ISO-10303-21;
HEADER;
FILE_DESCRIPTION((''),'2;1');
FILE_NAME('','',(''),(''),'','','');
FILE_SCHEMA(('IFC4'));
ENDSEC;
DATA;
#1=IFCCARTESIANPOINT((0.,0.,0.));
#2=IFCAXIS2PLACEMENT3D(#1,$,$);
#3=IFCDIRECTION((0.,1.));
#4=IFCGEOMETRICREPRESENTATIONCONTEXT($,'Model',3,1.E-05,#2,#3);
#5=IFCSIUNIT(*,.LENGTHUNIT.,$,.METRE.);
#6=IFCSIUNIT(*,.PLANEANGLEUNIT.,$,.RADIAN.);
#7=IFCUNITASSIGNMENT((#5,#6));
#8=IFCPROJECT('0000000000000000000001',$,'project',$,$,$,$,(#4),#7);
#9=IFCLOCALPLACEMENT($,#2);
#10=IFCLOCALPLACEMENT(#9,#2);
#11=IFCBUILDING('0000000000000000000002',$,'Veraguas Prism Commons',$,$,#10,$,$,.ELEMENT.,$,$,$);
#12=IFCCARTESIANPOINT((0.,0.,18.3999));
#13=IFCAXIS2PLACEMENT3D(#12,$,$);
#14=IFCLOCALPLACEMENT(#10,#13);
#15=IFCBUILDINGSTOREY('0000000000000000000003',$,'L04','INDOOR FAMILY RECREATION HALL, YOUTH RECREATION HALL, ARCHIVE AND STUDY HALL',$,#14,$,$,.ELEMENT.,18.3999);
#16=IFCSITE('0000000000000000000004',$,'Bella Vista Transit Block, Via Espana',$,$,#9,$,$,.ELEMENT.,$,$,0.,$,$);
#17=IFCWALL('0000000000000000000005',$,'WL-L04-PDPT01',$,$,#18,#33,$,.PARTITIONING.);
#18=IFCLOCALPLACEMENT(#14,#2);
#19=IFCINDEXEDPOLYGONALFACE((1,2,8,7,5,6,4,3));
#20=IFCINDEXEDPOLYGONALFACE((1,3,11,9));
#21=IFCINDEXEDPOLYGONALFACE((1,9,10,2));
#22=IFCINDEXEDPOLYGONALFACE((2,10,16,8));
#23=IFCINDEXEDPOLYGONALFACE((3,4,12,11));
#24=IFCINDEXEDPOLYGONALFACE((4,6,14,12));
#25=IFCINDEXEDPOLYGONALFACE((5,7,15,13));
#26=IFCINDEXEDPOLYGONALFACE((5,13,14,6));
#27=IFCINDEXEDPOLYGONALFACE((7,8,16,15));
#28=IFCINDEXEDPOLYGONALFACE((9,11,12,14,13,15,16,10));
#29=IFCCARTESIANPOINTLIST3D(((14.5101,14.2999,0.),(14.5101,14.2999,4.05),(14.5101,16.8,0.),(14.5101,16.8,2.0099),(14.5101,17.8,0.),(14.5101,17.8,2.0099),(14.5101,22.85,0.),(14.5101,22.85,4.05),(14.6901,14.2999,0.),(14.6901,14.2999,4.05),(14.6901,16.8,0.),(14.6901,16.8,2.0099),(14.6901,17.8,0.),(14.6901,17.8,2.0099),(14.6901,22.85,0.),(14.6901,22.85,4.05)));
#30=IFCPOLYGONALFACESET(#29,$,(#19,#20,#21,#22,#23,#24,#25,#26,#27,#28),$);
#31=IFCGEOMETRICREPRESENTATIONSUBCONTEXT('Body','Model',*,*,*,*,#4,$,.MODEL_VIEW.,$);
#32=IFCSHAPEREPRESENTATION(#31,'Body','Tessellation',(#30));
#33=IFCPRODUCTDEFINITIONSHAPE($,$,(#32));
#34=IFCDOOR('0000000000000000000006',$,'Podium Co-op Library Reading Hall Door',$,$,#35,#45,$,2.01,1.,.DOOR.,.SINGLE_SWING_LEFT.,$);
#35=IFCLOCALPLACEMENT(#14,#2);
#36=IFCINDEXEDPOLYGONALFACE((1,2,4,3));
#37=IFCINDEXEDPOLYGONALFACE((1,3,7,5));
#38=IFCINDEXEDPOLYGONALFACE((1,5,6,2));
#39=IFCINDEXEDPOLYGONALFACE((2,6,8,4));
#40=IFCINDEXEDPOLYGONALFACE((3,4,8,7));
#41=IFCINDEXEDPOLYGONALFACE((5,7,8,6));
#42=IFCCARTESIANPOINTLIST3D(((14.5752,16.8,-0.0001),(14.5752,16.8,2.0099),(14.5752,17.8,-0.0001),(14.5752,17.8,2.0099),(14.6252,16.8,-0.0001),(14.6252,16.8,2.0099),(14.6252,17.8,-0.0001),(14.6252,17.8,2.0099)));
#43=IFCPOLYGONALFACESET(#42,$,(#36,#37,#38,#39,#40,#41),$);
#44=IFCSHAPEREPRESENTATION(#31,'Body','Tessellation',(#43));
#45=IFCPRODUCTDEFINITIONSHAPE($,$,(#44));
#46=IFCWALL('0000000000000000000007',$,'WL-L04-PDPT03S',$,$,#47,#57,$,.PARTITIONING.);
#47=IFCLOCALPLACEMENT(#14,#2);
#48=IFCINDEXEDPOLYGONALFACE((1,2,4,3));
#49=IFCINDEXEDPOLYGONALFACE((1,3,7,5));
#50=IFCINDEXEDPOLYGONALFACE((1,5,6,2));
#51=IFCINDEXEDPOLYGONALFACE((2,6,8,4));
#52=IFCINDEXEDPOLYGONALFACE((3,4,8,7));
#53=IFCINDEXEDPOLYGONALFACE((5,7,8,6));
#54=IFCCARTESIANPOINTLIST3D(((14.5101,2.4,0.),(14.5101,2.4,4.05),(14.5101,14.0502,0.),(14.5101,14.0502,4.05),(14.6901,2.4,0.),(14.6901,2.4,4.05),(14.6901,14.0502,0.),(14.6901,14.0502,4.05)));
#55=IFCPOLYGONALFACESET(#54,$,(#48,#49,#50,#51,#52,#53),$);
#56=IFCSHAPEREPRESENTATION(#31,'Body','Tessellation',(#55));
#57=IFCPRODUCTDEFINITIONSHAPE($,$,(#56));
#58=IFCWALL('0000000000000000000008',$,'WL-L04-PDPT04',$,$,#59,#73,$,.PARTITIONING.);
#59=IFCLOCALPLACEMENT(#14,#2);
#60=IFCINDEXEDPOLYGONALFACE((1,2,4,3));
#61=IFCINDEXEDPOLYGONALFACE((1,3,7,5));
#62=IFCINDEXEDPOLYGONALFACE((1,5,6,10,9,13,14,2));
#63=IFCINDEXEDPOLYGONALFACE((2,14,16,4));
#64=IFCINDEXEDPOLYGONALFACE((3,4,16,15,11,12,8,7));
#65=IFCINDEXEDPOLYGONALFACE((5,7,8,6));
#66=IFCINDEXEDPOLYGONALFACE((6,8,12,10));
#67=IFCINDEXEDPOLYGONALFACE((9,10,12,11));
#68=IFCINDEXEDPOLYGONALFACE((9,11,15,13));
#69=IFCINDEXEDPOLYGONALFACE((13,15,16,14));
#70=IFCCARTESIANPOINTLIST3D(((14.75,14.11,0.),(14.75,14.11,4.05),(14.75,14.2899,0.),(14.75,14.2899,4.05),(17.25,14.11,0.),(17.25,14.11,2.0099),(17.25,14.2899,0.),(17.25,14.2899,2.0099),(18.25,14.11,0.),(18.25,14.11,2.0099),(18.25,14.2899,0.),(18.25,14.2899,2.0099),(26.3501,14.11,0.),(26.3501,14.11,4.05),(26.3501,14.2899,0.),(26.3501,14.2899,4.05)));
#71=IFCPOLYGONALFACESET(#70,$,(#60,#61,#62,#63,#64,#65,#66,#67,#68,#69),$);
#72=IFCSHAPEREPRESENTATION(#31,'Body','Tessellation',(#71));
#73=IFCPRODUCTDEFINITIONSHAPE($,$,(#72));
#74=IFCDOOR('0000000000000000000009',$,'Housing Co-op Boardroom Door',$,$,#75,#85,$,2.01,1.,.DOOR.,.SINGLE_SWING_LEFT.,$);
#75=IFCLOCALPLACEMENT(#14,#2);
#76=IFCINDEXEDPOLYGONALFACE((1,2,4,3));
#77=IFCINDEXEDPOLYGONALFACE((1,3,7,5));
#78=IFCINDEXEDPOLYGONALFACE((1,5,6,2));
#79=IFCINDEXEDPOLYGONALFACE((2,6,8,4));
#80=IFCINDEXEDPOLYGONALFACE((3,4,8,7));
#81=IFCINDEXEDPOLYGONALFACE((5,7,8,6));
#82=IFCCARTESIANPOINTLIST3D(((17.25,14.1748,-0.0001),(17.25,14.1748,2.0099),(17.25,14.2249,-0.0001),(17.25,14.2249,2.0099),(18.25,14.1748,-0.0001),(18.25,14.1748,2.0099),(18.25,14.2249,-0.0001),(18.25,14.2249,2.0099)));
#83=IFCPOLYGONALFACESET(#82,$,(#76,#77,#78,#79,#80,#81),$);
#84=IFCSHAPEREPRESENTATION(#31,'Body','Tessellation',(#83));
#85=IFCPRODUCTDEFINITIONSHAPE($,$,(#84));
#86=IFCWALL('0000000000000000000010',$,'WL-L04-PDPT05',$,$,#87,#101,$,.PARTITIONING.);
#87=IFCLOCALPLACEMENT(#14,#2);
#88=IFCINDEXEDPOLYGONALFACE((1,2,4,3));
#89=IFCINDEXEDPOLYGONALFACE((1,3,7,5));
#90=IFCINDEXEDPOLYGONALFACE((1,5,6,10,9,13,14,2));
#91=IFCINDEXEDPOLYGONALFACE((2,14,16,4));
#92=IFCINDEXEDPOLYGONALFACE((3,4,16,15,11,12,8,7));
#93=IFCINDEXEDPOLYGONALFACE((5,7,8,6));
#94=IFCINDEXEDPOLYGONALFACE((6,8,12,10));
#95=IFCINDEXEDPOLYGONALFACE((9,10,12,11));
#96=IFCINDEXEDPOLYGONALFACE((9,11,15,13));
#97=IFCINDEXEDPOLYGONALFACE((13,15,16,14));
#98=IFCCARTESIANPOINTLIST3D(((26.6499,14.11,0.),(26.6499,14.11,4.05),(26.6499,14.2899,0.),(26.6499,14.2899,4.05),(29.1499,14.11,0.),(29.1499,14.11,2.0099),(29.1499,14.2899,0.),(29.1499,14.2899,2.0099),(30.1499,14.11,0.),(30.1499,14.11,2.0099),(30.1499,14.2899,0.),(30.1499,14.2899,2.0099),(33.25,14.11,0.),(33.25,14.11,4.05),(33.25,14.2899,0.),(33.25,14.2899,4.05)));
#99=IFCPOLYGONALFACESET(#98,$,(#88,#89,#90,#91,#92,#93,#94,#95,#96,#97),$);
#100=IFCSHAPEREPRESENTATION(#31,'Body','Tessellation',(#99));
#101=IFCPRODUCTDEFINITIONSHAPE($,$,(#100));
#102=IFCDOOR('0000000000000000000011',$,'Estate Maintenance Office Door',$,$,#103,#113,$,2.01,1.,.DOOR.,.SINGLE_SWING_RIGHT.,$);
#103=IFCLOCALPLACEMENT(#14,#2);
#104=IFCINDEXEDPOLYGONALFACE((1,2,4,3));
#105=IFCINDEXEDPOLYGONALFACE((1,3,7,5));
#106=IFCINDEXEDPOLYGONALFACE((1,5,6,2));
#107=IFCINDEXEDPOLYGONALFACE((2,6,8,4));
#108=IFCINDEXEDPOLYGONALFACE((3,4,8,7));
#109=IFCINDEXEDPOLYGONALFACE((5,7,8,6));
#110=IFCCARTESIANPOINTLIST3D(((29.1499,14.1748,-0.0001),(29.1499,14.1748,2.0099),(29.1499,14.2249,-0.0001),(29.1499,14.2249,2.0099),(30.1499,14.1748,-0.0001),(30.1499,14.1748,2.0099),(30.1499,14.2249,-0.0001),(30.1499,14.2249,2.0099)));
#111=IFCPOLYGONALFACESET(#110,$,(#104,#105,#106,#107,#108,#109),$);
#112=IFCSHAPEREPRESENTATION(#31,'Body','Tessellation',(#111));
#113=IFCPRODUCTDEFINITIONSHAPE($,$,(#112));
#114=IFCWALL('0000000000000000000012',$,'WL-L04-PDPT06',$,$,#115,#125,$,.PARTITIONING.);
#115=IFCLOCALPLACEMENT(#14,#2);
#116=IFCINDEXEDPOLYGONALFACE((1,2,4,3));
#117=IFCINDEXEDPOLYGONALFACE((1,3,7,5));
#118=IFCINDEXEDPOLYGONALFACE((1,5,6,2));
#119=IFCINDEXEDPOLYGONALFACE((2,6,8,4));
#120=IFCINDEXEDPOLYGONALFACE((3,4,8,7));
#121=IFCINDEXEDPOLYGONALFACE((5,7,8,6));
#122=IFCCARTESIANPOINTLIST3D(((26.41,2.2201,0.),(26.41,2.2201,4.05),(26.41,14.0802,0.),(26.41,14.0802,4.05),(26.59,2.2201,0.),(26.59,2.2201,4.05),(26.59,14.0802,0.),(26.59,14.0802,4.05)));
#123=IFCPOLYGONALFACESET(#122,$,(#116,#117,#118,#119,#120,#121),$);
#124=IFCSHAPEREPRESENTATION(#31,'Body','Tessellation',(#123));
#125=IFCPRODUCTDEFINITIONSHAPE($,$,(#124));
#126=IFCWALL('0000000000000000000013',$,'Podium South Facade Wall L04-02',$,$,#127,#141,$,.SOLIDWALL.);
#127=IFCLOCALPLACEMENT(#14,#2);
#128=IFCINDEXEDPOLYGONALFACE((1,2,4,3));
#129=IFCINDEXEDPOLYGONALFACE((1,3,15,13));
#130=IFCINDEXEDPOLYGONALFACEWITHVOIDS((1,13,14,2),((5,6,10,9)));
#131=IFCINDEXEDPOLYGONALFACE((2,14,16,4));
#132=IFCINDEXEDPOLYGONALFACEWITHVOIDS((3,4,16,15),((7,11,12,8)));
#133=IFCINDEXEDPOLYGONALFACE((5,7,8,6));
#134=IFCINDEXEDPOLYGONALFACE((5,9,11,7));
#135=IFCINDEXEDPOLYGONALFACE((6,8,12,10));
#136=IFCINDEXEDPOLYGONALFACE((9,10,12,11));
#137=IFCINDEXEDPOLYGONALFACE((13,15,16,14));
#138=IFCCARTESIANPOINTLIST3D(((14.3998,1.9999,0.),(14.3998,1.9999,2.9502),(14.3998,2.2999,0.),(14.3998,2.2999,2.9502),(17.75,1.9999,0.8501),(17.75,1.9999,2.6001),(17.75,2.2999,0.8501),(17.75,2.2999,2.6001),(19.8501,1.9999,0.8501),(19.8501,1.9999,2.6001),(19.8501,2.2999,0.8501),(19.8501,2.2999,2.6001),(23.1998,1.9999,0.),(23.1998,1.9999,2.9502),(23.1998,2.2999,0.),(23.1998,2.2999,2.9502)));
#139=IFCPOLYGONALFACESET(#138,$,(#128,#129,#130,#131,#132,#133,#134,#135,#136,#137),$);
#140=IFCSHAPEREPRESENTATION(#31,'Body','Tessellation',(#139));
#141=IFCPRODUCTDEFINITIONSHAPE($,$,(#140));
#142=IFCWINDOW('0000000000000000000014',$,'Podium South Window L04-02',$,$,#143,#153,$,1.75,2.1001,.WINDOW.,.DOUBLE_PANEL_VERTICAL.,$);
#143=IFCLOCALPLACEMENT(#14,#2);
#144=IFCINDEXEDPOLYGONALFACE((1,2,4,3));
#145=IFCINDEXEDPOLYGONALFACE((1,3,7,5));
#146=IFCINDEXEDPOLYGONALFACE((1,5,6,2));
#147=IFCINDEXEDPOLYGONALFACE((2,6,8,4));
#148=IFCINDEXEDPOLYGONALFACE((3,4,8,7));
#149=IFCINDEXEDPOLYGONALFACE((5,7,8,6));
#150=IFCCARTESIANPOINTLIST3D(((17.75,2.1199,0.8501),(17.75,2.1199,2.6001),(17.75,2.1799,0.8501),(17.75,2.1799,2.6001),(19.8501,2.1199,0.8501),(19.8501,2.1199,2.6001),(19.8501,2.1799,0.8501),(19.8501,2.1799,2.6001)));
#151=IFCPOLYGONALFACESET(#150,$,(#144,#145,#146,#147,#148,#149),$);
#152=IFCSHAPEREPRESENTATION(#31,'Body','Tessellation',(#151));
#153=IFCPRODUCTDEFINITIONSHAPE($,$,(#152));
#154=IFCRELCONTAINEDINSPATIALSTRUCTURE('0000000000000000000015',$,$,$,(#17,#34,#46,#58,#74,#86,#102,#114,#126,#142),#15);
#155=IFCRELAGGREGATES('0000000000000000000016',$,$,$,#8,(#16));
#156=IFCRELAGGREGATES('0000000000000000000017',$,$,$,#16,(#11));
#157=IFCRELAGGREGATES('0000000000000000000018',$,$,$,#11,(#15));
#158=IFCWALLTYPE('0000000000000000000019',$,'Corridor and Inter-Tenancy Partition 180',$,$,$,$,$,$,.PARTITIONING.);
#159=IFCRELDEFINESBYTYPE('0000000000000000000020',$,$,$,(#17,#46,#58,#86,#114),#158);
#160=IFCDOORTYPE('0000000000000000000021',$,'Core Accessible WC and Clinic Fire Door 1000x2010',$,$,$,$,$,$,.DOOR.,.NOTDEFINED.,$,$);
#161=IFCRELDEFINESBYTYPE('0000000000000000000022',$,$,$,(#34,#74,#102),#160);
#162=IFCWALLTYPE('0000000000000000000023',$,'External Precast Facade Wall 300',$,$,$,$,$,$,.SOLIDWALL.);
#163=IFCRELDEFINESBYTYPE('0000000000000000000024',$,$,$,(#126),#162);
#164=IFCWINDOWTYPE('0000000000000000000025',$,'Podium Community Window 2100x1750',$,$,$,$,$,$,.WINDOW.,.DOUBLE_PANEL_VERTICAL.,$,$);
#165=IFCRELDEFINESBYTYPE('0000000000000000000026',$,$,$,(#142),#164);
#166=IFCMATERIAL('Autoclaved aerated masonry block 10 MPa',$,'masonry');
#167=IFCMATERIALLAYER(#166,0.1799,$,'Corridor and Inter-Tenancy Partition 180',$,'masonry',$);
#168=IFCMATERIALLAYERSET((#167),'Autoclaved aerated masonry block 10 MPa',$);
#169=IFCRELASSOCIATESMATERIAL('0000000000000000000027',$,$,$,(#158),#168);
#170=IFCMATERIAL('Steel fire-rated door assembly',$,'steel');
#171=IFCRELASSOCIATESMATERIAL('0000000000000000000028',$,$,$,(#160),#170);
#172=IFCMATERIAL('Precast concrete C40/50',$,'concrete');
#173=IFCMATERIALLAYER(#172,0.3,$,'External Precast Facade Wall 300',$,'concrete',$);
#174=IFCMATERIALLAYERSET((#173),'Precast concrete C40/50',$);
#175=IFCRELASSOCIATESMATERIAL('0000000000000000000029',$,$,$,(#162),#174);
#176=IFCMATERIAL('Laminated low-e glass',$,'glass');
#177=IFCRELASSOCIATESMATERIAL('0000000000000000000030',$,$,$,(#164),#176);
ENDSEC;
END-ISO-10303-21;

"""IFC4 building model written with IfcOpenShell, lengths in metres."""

from ifc_helpers import new_model, si_unit, direction, frame, frame_2d, origin, place, context, subcontext, project, spatial, rectangle, extrude, source, transform, mapped, material, layer, layer_set, type_object, element, fill, save


model = new_model("IFC4")

# Units and contexts
model_context = context("Model", 3, precision=1e-05, world=origin(), true_north=direction((0.0, 1.0)))
body_context = subcontext(model_context, "Body", "Model", "MODEL_VIEW")
ifc_project = project(units=[si_unit("LENGTHUNIT", "METRE"), si_unit("PLANEANGLEUNIT", "RADIAN")], contexts=[model_context])

# Site, building, storey
site_placement = place(None, origin())
site = spatial("IfcSite", under=ifc_project, at=site_placement, Name="Bella Vista Transit Block, Via Espana", CompositionType="ELEMENT", RefElevation=0.0)
building_placement = place(site_placement, origin())
building = spatial("IfcBuilding", under=site, at=building_placement, Name="Veraguas Prism Commons", CompositionType="ELEMENT")
storey_placement = place(building_placement, frame((0.0, 0.0, 18.3999)))
storey = spatial("IfcBuildingStorey", under=building, at=storey_placement, Name="L04", Description="INDOOR FAMILY RECREATION HALL, YOUTH RECREATION HALL, ARCHIVE AND STUDY HALL", CompositionType="ELEMENT", Elevation=18.3999)

# Wall, opening, door
ifc_material_1 = material(Name="Steel fire-rated door assembly", Category="steel")
ifc_material_2 = material(Name="Autoclaved aerated masonry block 10 MPa", Category="masonry")
ifc_layer_1 = layer(ifc_material_2, 0.1799, Name="Corridor and Inter-Tenancy Partition 180", Category="masonry")
ifc_layer_set_1 = layer_set([ifc_layer_1], Name="Autoclaved aerated masonry block 10 MPa")
wall_type_1 = type_object("IfcWallType", Name="Corridor and Inter-Tenancy Partition 180", PredefinedType="PARTITIONING", material=ifc_layer_set_1)
wall_1_placement = place(storey_placement, frame((14.6001, 14.3, 0.0), z_axis=(0.0, 0.0, 1.0), x_axis=(0.0, 1.0, 0.0)))
wall_1 = element("IfcWall", 1, at=wall_1_placement, inside=storey, type_object=wall_type_1, Name="WL-L04-PDPT01", PredefinedType="PARTITIONING", context=body_context, shape_type="SweptSolid", body=[
    extrude(rectangle(XDim=8.55, YDim=0.1799, at=frame_2d((4.2749, 0.0))), origin(), (0.0, 0.0, 1.0), 4.05),
])
opening_1_placement = place(wall_1_placement, frame((2.5, 0.0, 0.0)))
opening_1 = element("IfcOpeningElement", 2, at=opening_1_placement, cuts=wall_1, PredefinedType="OPENING", context=body_context, shape_type="SweptSolid", body=[
    extrude(rectangle(XDim=1.0, YDim=2.01, at=frame_2d((0.5, 1.0049))), frame((0.0, 0.0999, 0.0), z_axis=(0.0, -1.0, 0.0), x_axis=(1.0, 0.0, 0.0)), (0.0, 0.0, 1.0), 0.2),
])
door_type_1 = type_object("IfcDoorType", Name="Core Accessible WC and Clinic Fire Door 1000x2010", OperationType="NOTDEFINED", PredefinedType="DOOR", material=ifc_material_1)
shared_shape_1 = source(origin(), body_context, "Body", "SweptSolid", [
    extrude(rectangle(XDim=1.0, YDim=2.01, at=frame_2d((0.5, 1.0049))), frame((0.0, 0.0249, 0.0), z_axis=(0.0, -1.0, 0.0), x_axis=(1.0, 0.0, 0.0)), (0.0, 0.0, 1.0), 0.05),
])
door_1_placement = place(opening_1_placement, origin())
door_1 = element("IfcDoor", 3, at=door_1_placement, inside=storey, type_object=door_type_1, Name="Podium Co-op Library Reading Hall Door", OperationType="SINGLE_SWING_LEFT", OverallHeight=2.01, OverallWidth=1.0, PredefinedType="DOOR", context=body_context, shape_type="MappedRepresentation", body=[
    mapped(shared_shape_1, transform((0.0, 0.0, 0.0), scale=1.0)),
])
fill(opening_1, door_1)

# Wall
wall_2_placement = place(storey_placement, frame((14.6001, 2.3999, 0.0), z_axis=(0.0, 0.0, 1.0), x_axis=(0.0, 1.0, 0.0)))
element("IfcWall", 4, at=wall_2_placement, inside=storey, type_object=wall_type_1, Name="WL-L04-PDPT03S", PredefinedType="PARTITIONING", context=body_context, shape_type="SweptSolid", body=[
    extrude(rectangle(XDim=11.6501, YDim=0.1799, at=frame_2d((5.8252, 0.0))), origin(), (0.0, 0.0, 1.0), 4.05),
])

# Walls, openings, doors
wall_3_placement = place(storey_placement, frame((14.75, 14.2, 0.0), z_axis=(0.0, 0.0, 1.0), x_axis=(1.0, 0.0, 0.0)))
wall_3 = element("IfcWall", 5, at=wall_3_placement, inside=storey, type_object=wall_type_1, Name="WL-L04-PDPT04", PredefinedType="PARTITIONING", context=body_context, shape_type="SweptSolid", body=[
    extrude(rectangle(XDim=11.6001, YDim=0.1799, at=frame_2d((5.8, 0.0))), origin(), (0.0, 0.0, 1.0), 4.05),
])
opening_2_placement = place(wall_3_placement, frame((2.5, 0.0, 0.0)))
opening_2 = element("IfcOpeningElement", 6, at=opening_2_placement, cuts=wall_3, PredefinedType="OPENING", context=body_context, shape_type="SweptSolid", body=[
    extrude(rectangle(XDim=1.0, YDim=2.01, at=frame_2d((0.5, 1.0049))), frame((0.0, 0.0999, 0.0), z_axis=(0.0, -1.0, 0.0), x_axis=(1.0, 0.0, 0.0)), (0.0, 0.0, 1.0), 0.2),
])
door_2_placement = place(opening_2_placement, origin())
door_2 = element("IfcDoor", 7, at=door_2_placement, inside=storey, type_object=door_type_1, Name="Housing Co-op Boardroom Door", OperationType="SINGLE_SWING_LEFT", OverallHeight=2.01, OverallWidth=1.0, PredefinedType="DOOR", context=body_context, shape_type="MappedRepresentation", body=[
    mapped(shared_shape_1, transform((0.0, 0.0, 0.0), scale=1.0)),
])
fill(opening_2, door_2)
wall_4_placement = place(storey_placement, frame((26.6499, 14.2, 0.0), z_axis=(0.0, 0.0, 1.0), x_axis=(1.0, 0.0, 0.0)))
wall_4 = element("IfcWall", 8, at=wall_4_placement, inside=storey, type_object=wall_type_1, Name="WL-L04-PDPT05", PredefinedType="PARTITIONING", context=body_context, shape_type="SweptSolid", body=[
    extrude(rectangle(XDim=6.6001, YDim=0.1799, at=frame_2d((3.3, 0.0))), origin(), (0.0, 0.0, 1.0), 4.05),
])
opening_3_placement = place(wall_4_placement, frame((2.5, 0.0, 0.0)))
opening_3 = element("IfcOpeningElement", 9, at=opening_3_placement, cuts=wall_4, PredefinedType="OPENING", context=body_context, shape_type="SweptSolid", body=[
    extrude(rectangle(XDim=1.0, YDim=2.01, at=frame_2d((0.5, 1.0049))), frame((0.0, 0.0999, 0.0), z_axis=(0.0, -1.0, 0.0), x_axis=(1.0, 0.0, 0.0)), (0.0, 0.0, 1.0), 0.2),
])
door_3_placement = place(opening_3_placement, origin())
door_3 = element("IfcDoor", 10, at=door_3_placement, inside=storey, type_object=door_type_1, Name="Estate Maintenance Office Door", OperationType="SINGLE_SWING_RIGHT", OverallHeight=2.01, OverallWidth=1.0, PredefinedType="DOOR", context=body_context, shape_type="MappedRepresentation", body=[
    mapped(shared_shape_1, transform((0.0, 0.0, 0.0), scale=1.0)),
])
fill(opening_3, door_3)

# Wall
wall_5_placement = place(storey_placement, frame((26.5, 2.22, 0.0), z_axis=(0.0, 0.0, 1.0), x_axis=(0.0, 1.0, 0.0)))
element("IfcWall", 11, at=wall_5_placement, inside=storey, type_object=wall_type_1, Name="WL-L04-PDPT06", PredefinedType="PARTITIONING", context=body_context, shape_type="SweptSolid", body=[
    extrude(rectangle(XDim=11.8601, YDim=0.1799, at=frame_2d((5.9302, 0.0))), origin(), (0.0, 0.0, 1.0), 4.05),
])

# Wall, opening, window
ifc_material_3 = material(Name="Precast concrete C40/50", Category="concrete")
ifc_layer_2 = layer(ifc_material_3, 0.3, Name="External Precast Facade Wall 300", Category="concrete")
ifc_layer_set_2 = layer_set([ifc_layer_2], Name="Precast concrete C40/50")
wall_type_2 = type_object("IfcWallType", Name="External Precast Facade Wall 300", PredefinedType="SOLIDWALL", material=ifc_layer_set_2)
wall_6_placement = place(storey_placement, frame((14.3999, 2.1499, 0.0), z_axis=(0.0, 0.0, 1.0), x_axis=(1.0, 0.0, 0.0)))
wall_6 = element("IfcWall", 12, at=wall_6_placement, inside=storey, type_object=wall_type_2, Name="Podium South Facade Wall L04-02", PredefinedType="SOLIDWALL", context=body_context, shape_type="SweptSolid", body=[
    extrude(rectangle(XDim=8.8, YDim=0.3, at=frame_2d((4.3999, 0.0))), origin(), (0.0, 0.0, 1.0), 2.9502),
])
opening_4_placement = place(wall_6_placement, frame((3.3501, 0.0, 0.8501)))
opening_4 = element("IfcOpeningElement", 13, at=opening_4_placement, cuts=wall_6, PredefinedType="OPENING", context=body_context, shape_type="SweptSolid", body=[
    extrude(rectangle(XDim=2.1001, YDim=1.75, at=frame_2d((1.05, 0.875))), frame((0.0, 0.1599, 0.0), z_axis=(0.0, -1.0, 0.0), x_axis=(1.0, 0.0, 0.0)), (0.0, 0.0, 1.0), 0.3201),
])
ifc_material_4 = material(Name="Laminated low-e glass", Category="glass")
window_type = type_object("IfcWindowType", Name="Podium Community Window 2100x1750", PartitioningType="DOUBLE_PANEL_VERTICAL", PredefinedType="WINDOW", material=ifc_material_4)
shared_shape_2 = source(origin(), body_context, "Body", "SweptSolid", [
    extrude(rectangle(XDim=2.1001, YDim=1.75, at=frame_2d((1.05, 0.875))), frame((0.0, 0.03, 0.0), z_axis=(0.0, -1.0, 0.0), x_axis=(1.0, 0.0, 0.0)), (0.0, 0.0, 1.0), 0.0601),
])
window_1_placement = place(opening_4_placement, origin())
window_1 = element("IfcWindow", 14, at=window_1_placement, inside=storey, type_object=window_type, Name="Podium South Window L04-02", OverallHeight=1.75, OverallWidth=2.1001, PartitioningType="DOUBLE_PANEL_VERTICAL", PredefinedType="WINDOW", context=body_context, shape_type="MappedRepresentation", body=[
    mapped(shared_shape_2, transform((0.0, 0.0, 0.0), scale=1.0)),
])
fill(opening_4, window_1)

save(model, "model.ifc")
